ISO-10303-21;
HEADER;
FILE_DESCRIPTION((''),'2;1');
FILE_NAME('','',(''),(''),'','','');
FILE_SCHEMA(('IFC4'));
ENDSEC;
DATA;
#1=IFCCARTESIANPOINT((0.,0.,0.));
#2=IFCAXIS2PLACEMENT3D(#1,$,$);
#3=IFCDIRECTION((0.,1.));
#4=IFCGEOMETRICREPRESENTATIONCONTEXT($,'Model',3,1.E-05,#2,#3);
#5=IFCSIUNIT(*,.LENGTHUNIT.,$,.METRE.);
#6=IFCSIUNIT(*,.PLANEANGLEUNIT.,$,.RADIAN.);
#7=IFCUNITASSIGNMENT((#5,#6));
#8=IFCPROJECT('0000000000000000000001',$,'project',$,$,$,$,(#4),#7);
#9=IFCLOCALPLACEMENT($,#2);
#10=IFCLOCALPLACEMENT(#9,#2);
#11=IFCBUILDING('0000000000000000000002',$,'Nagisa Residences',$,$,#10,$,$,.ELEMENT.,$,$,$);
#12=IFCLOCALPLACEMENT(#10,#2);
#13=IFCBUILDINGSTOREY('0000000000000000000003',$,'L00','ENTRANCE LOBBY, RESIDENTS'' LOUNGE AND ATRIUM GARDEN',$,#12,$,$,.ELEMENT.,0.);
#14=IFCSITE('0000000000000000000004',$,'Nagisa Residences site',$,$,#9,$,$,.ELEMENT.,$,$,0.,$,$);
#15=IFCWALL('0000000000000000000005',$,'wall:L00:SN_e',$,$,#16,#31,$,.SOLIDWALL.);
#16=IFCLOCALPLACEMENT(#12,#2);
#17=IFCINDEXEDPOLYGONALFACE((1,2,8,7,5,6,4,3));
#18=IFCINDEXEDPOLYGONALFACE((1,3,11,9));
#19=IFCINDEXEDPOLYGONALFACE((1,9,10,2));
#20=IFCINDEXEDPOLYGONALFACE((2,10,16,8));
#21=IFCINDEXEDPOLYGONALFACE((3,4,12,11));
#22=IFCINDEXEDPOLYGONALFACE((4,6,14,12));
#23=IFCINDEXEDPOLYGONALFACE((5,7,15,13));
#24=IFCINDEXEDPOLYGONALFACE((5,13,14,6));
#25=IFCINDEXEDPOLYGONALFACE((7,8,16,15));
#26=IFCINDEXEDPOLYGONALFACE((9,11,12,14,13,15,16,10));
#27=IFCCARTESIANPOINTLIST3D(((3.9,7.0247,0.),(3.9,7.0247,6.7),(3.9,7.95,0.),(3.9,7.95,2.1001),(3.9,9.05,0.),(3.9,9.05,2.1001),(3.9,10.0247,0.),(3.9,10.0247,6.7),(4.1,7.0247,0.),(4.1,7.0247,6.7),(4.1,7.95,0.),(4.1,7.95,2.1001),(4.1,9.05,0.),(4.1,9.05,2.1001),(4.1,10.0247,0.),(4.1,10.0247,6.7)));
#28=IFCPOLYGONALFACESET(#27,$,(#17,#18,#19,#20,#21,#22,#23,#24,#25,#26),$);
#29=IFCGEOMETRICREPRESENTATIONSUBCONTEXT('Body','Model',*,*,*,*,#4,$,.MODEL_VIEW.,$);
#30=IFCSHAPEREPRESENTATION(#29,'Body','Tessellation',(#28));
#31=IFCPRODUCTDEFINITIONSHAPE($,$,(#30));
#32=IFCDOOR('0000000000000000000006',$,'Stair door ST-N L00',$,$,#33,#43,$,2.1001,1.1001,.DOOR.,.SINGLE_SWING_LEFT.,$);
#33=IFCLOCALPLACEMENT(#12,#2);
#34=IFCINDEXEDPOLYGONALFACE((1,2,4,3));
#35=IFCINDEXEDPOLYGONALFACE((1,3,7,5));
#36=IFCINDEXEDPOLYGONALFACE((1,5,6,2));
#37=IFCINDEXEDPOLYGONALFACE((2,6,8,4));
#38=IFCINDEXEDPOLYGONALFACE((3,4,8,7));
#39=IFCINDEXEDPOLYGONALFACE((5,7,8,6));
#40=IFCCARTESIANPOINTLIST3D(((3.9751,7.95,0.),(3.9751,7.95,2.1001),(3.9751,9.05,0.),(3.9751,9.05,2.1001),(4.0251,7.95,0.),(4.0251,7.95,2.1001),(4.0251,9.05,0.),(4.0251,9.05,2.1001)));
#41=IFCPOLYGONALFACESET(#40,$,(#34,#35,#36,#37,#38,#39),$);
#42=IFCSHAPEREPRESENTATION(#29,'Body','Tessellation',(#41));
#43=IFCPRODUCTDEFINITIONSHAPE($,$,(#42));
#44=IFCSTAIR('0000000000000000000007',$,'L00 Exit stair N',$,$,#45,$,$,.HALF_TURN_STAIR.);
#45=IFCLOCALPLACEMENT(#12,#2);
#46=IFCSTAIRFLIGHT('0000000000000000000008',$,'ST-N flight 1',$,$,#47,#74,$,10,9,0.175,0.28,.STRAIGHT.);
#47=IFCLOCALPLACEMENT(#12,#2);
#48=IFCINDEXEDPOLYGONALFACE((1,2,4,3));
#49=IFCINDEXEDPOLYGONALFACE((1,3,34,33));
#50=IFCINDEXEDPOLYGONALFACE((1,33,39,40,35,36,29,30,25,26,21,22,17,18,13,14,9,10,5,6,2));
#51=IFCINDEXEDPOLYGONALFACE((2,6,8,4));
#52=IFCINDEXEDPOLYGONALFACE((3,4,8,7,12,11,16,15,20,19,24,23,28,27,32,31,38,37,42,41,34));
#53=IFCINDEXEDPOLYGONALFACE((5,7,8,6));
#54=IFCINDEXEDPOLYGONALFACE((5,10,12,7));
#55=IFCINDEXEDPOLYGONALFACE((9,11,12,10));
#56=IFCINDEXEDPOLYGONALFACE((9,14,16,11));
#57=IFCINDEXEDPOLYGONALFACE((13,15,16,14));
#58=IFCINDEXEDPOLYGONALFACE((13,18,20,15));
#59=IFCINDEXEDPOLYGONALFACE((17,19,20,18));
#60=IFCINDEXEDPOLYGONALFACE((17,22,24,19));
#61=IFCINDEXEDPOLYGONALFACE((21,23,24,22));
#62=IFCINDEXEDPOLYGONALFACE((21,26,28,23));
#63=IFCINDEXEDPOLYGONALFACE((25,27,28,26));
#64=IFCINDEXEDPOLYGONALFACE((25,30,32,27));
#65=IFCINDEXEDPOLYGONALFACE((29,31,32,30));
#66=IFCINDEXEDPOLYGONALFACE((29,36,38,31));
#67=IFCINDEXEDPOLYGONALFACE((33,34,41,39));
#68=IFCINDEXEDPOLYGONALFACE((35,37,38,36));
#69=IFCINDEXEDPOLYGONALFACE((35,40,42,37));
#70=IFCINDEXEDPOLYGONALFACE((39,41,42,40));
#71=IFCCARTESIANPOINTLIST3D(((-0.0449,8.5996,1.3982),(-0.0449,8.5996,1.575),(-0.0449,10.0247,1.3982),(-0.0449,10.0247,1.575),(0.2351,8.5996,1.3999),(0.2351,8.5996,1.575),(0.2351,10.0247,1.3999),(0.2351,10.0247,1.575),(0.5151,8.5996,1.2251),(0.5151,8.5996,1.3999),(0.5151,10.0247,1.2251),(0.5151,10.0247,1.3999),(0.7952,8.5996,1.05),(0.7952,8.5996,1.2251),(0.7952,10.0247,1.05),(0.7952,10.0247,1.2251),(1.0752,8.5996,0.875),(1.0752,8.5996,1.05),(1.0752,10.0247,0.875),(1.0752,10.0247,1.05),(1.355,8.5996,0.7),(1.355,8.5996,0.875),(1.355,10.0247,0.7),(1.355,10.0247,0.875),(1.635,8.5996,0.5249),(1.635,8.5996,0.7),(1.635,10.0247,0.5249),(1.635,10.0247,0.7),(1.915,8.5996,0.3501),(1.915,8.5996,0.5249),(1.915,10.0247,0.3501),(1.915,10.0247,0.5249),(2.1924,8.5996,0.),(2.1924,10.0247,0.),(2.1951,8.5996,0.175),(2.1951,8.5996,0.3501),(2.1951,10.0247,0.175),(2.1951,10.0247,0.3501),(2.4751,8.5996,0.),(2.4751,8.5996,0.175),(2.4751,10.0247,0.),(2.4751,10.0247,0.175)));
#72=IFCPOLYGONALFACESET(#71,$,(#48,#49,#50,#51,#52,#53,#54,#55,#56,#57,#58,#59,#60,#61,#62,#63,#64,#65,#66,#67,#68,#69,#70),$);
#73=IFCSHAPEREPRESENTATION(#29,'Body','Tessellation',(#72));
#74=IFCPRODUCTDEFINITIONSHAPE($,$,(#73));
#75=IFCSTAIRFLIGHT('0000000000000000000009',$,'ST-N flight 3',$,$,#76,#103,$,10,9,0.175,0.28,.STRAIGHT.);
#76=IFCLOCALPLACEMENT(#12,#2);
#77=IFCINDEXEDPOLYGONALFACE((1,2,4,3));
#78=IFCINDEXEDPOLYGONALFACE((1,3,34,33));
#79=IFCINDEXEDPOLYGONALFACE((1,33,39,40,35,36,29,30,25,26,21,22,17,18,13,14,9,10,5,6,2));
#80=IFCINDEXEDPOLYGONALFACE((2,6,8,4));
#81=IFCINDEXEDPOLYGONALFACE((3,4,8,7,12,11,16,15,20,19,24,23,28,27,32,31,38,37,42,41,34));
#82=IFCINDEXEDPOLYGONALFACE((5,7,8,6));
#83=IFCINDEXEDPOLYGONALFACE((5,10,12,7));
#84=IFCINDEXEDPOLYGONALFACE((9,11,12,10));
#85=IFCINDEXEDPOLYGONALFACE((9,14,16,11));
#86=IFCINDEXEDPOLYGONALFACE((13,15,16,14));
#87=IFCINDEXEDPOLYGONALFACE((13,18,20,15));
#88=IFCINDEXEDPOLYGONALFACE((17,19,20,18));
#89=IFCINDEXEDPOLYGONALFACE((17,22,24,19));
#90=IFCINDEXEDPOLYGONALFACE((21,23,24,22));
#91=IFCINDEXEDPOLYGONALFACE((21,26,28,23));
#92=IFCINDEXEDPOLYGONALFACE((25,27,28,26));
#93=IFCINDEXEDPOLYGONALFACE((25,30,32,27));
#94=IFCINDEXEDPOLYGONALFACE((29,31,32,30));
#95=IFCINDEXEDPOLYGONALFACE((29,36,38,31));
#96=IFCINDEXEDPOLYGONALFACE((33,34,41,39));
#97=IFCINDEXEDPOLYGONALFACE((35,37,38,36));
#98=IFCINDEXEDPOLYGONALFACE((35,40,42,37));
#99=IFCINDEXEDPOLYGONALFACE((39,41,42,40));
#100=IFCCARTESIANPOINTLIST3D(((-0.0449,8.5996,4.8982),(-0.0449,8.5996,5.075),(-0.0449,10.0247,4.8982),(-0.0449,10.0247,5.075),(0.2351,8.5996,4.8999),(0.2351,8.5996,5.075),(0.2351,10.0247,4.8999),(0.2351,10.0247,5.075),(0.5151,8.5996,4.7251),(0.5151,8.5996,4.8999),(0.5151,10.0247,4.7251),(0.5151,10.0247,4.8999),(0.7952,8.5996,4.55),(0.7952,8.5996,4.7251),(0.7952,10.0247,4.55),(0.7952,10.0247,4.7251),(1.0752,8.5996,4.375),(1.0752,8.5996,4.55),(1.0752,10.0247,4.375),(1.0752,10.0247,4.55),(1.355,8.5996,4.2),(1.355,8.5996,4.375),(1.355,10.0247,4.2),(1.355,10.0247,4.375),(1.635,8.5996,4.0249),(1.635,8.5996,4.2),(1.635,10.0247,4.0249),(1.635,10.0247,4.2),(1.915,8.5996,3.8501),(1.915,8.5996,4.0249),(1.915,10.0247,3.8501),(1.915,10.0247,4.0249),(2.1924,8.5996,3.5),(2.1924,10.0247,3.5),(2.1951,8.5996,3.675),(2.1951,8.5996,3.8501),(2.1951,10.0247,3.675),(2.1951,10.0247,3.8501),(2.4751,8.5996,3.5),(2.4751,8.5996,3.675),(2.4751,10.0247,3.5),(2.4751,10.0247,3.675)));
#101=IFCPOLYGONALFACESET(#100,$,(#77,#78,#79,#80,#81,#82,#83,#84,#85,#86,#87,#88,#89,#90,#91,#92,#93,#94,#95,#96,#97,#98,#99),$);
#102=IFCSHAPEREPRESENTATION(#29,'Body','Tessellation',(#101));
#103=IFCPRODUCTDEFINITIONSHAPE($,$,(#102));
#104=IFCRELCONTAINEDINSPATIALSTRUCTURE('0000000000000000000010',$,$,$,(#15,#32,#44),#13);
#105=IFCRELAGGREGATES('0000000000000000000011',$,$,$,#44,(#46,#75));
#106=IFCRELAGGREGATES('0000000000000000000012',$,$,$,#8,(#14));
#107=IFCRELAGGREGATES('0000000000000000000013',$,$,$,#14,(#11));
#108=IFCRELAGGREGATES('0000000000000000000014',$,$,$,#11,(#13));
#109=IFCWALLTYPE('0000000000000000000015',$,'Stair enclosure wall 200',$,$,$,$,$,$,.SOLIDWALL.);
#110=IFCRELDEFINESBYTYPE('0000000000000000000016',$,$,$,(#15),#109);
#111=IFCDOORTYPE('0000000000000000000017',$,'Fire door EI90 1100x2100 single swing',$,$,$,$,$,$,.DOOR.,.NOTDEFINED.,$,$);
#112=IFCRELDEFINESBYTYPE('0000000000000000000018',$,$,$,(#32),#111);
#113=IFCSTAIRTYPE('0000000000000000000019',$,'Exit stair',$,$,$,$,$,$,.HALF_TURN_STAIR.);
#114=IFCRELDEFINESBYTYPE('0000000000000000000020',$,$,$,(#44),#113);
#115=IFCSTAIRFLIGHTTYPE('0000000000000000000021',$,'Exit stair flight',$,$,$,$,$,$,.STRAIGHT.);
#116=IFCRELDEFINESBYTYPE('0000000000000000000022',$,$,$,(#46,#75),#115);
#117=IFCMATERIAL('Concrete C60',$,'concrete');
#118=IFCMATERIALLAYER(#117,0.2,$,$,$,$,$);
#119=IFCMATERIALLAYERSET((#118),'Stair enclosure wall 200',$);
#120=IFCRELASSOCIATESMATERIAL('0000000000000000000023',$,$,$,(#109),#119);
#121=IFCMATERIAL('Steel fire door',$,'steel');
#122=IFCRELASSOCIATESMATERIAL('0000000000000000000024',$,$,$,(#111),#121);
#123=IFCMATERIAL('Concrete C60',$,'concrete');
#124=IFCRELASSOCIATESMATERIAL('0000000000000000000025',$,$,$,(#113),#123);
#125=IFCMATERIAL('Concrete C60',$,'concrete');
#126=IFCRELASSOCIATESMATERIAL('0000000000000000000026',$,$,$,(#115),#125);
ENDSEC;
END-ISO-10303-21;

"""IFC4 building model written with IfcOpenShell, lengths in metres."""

from ifc_helpers import new_model, si_unit, direction, frame, frame_2d, origin, place, context, subcontext, project, spatial, polyline, rectangle, outline, extrude, material, layer, layer_set, type_object, element, fill, aggregate, save


model = new_model("IFC4")

# Units and contexts
model_context = context("Model", 3, precision=1e-05, world=origin(), true_north=direction((0.0, 1.0)))
body_context = subcontext(model_context, "Body", "Model", "MODEL_VIEW")
ifc_project = project(units=[si_unit("LENGTHUNIT", "METRE"), si_unit("PLANEANGLEUNIT", "RADIAN")], contexts=[model_context])

# Site, building, storey
site_placement = place(None, origin())
site = spatial("IfcSite", under=ifc_project, at=site_placement, Name="Nagisa Residences site", CompositionType="ELEMENT", RefElevation=0.0)
building_placement = place(site_placement, origin())
building = spatial("IfcBuilding", under=site, at=building_placement, Name="Nagisa Residences", CompositionType="ELEMENT")
storey_placement = place(building_placement, origin())
storey = spatial("IfcBuildingStorey", under=building, at=storey_placement, Name="L00", Description="ENTRANCE LOBBY, RESIDENTS' LOUNGE AND ATRIUM GARDEN", CompositionType="ELEMENT", Elevation=0.0)

# Wall, opening, door
ifc_material_1 = material(Name="Concrete C60", Category="concrete")
ifc_layer_1 = layer(ifc_material_1, 0.2)
ifc_layer_set_1 = layer_set([ifc_layer_1], Name="Stair enclosure wall 200")
wall_type_1 = type_object("IfcWallType", Name="Stair enclosure wall 200", PredefinedType="SOLIDWALL", material=ifc_layer_set_1)
wall_1_placement = place(storey_placement, frame((4.0, 7.0247, 0.0), z_axis=(0.0, 0.0, 1.0), x_axis=(0.0, 1.0, 0.0)))
wall_1 = element("IfcWall", 1, at=wall_1_placement, inside=storey, type_object=wall_type_1, Name="wall:L00:SN_e", PredefinedType="SOLIDWALL", context=body_context, shape_type="SweptSolid", body=[
    extrude(rectangle(XDim=3.0, YDim=0.2, at=frame_2d((1.5, 0.0))), origin(), (0.0, 0.0, 1.0), 6.7),
])
opening_1_placement = place(wall_1_placement, frame((0.9253, 0.0, 0.0)))
opening_1 = element("IfcOpeningElement", 2, at=opening_1_placement, cuts=wall_1, PredefinedType="OPENING", context=body_context, shape_type="SweptSolid", body=[
    extrude(rectangle(XDim=1.1001, YDim=2.1001, at=frame_2d((0.55, 1.05))), frame((0.0, 0.1099, 0.0), z_axis=(0.0, -1.0, 0.0), x_axis=(1.0, 0.0, 0.0)), (0.0, 0.0, 1.0), 0.22),
])
ifc_material_2 = material(Name="Steel fire door", Category="steel")
door_type_1 = type_object("IfcDoorType", Name="Fire door EI90 1100x2100 single swing", OperationType="NOTDEFINED", PredefinedType="DOOR", material=ifc_material_2)
door_1_placement = place(opening_1_placement, origin())
door_1 = element("IfcDoor", 3, at=door_1_placement, inside=storey, type_object=door_type_1, Name="Stair door ST-N L00", OperationType="SINGLE_SWING_LEFT", OverallHeight=2.1001, OverallWidth=1.1001, PredefinedType="DOOR", context=body_context, shape_type="SweptSolid", body=[
    extrude(rectangle(XDim=1.1001, YDim=2.1001, at=frame_2d((0.55, 1.05))), frame((0.0, 0.0249, 0.0), z_axis=(0.0, -1.0, 0.0), x_axis=(1.0, 0.0, 0.0)), (0.0, 0.0, 1.0), 0.05),
])
fill(opening_1, door_1)

# Stair, stair flights
ifc_material_3 = material(Name="Concrete C60", Category="concrete")
stair_type = type_object("IfcStairType", Name="Exit stair", PredefinedType="HALF_TURN_STAIR", material=ifc_material_3)
stair_placement = place(storey_placement, origin())
stair = element("IfcStair", 4, at=stair_placement, inside=storey, type_object=stair_type, Name="L00 Exit stair N", PredefinedType="HALF_TURN_STAIR")
ifc_material_4 = material(Name="Concrete C60", Category="concrete")
stair_flight_type = type_object("IfcStairFlightType", Name="Exit stair flight", PredefinedType="STRAIGHT", material=ifc_material_4)
stair_flight_1_placement = place(storey_placement, frame((2.4751, 9.312, 0.0), z_axis=(0.0, 0.0, 1.0), x_axis=(-1.0, 0.0, 0.0)))
stair_flight_1 = element("IfcStairFlight", 5, at=stair_flight_1_placement, type_object=stair_flight_type, Name="ST-N flight 1", NumberOfRisers=10, NumberOfTreads=9, PredefinedType="STRAIGHT", RiserHeight=0.175, TreadLength=0.28, context=body_context, shape_type="SweptSolid", body=[
    extrude(outline(polyline([(0.0, 0.0), (0.0, 0.175), (0.28, 0.175), (0.28, 0.3501), (0.5601, 0.3501), (0.5601, 0.5249), (0.8401, 0.5249), (0.8401, 0.7), (1.1201, 0.7), (1.1201, 0.875), (1.3999, 0.875), (1.3999, 1.05), (1.6799, 1.05), (1.6799, 1.2251), (1.96, 1.2251), (1.96, 1.3999), (2.24, 1.3999), (2.24, 1.575), (2.52, 1.575), (2.52, 1.75), (2.52, 1.3982), (0.2827, 0.0), (0.0, 0.0)])), frame((0.0, 0.7124, 0.0), z_axis=(0.0, -1.0, 0.0), x_axis=(1.0, 0.0, 0.0)), (0.0, 0.0, 1.0), 1.425),
])
stair_flight_2_placement = place(storey_placement, frame((2.4751, 9.312, 3.5), z_axis=(0.0, 0.0, 1.0), x_axis=(-1.0, 0.0, 0.0)))
stair_flight_2 = element("IfcStairFlight", 6, at=stair_flight_2_placement, type_object=stair_flight_type, Name="ST-N flight 3", NumberOfRisers=10, NumberOfTreads=9, PredefinedType="STRAIGHT", RiserHeight=0.175, TreadLength=0.28, context=body_context, shape_type="SweptSolid", body=[
    extrude(outline(polyline([(0.0, 0.0), (0.0, 0.175), (0.28, 0.175), (0.28, 0.3501), (0.5601, 0.3501), (0.5601, 0.5249), (0.8401, 0.5249), (0.8401, 0.7), (1.1201, 0.7), (1.1201, 0.875), (1.3999, 0.875), (1.3999, 1.05), (1.6799, 1.05), (1.6799, 1.2251), (1.96, 1.2251), (1.96, 1.3999), (2.24, 1.3999), (2.24, 1.575), (2.52, 1.575), (2.52, 1.75), (2.52, 1.3982), (0.2827, 0.0), (0.0, 0.0)])), frame((0.0, 0.7124, 0.0), z_axis=(0.0, -1.0, 0.0), x_axis=(1.0, 0.0, 0.0)), (0.0, 0.0, 1.0), 1.425),
])
aggregate(stair, [stair_flight_1, stair_flight_2])

save(model, "model.ifc")
